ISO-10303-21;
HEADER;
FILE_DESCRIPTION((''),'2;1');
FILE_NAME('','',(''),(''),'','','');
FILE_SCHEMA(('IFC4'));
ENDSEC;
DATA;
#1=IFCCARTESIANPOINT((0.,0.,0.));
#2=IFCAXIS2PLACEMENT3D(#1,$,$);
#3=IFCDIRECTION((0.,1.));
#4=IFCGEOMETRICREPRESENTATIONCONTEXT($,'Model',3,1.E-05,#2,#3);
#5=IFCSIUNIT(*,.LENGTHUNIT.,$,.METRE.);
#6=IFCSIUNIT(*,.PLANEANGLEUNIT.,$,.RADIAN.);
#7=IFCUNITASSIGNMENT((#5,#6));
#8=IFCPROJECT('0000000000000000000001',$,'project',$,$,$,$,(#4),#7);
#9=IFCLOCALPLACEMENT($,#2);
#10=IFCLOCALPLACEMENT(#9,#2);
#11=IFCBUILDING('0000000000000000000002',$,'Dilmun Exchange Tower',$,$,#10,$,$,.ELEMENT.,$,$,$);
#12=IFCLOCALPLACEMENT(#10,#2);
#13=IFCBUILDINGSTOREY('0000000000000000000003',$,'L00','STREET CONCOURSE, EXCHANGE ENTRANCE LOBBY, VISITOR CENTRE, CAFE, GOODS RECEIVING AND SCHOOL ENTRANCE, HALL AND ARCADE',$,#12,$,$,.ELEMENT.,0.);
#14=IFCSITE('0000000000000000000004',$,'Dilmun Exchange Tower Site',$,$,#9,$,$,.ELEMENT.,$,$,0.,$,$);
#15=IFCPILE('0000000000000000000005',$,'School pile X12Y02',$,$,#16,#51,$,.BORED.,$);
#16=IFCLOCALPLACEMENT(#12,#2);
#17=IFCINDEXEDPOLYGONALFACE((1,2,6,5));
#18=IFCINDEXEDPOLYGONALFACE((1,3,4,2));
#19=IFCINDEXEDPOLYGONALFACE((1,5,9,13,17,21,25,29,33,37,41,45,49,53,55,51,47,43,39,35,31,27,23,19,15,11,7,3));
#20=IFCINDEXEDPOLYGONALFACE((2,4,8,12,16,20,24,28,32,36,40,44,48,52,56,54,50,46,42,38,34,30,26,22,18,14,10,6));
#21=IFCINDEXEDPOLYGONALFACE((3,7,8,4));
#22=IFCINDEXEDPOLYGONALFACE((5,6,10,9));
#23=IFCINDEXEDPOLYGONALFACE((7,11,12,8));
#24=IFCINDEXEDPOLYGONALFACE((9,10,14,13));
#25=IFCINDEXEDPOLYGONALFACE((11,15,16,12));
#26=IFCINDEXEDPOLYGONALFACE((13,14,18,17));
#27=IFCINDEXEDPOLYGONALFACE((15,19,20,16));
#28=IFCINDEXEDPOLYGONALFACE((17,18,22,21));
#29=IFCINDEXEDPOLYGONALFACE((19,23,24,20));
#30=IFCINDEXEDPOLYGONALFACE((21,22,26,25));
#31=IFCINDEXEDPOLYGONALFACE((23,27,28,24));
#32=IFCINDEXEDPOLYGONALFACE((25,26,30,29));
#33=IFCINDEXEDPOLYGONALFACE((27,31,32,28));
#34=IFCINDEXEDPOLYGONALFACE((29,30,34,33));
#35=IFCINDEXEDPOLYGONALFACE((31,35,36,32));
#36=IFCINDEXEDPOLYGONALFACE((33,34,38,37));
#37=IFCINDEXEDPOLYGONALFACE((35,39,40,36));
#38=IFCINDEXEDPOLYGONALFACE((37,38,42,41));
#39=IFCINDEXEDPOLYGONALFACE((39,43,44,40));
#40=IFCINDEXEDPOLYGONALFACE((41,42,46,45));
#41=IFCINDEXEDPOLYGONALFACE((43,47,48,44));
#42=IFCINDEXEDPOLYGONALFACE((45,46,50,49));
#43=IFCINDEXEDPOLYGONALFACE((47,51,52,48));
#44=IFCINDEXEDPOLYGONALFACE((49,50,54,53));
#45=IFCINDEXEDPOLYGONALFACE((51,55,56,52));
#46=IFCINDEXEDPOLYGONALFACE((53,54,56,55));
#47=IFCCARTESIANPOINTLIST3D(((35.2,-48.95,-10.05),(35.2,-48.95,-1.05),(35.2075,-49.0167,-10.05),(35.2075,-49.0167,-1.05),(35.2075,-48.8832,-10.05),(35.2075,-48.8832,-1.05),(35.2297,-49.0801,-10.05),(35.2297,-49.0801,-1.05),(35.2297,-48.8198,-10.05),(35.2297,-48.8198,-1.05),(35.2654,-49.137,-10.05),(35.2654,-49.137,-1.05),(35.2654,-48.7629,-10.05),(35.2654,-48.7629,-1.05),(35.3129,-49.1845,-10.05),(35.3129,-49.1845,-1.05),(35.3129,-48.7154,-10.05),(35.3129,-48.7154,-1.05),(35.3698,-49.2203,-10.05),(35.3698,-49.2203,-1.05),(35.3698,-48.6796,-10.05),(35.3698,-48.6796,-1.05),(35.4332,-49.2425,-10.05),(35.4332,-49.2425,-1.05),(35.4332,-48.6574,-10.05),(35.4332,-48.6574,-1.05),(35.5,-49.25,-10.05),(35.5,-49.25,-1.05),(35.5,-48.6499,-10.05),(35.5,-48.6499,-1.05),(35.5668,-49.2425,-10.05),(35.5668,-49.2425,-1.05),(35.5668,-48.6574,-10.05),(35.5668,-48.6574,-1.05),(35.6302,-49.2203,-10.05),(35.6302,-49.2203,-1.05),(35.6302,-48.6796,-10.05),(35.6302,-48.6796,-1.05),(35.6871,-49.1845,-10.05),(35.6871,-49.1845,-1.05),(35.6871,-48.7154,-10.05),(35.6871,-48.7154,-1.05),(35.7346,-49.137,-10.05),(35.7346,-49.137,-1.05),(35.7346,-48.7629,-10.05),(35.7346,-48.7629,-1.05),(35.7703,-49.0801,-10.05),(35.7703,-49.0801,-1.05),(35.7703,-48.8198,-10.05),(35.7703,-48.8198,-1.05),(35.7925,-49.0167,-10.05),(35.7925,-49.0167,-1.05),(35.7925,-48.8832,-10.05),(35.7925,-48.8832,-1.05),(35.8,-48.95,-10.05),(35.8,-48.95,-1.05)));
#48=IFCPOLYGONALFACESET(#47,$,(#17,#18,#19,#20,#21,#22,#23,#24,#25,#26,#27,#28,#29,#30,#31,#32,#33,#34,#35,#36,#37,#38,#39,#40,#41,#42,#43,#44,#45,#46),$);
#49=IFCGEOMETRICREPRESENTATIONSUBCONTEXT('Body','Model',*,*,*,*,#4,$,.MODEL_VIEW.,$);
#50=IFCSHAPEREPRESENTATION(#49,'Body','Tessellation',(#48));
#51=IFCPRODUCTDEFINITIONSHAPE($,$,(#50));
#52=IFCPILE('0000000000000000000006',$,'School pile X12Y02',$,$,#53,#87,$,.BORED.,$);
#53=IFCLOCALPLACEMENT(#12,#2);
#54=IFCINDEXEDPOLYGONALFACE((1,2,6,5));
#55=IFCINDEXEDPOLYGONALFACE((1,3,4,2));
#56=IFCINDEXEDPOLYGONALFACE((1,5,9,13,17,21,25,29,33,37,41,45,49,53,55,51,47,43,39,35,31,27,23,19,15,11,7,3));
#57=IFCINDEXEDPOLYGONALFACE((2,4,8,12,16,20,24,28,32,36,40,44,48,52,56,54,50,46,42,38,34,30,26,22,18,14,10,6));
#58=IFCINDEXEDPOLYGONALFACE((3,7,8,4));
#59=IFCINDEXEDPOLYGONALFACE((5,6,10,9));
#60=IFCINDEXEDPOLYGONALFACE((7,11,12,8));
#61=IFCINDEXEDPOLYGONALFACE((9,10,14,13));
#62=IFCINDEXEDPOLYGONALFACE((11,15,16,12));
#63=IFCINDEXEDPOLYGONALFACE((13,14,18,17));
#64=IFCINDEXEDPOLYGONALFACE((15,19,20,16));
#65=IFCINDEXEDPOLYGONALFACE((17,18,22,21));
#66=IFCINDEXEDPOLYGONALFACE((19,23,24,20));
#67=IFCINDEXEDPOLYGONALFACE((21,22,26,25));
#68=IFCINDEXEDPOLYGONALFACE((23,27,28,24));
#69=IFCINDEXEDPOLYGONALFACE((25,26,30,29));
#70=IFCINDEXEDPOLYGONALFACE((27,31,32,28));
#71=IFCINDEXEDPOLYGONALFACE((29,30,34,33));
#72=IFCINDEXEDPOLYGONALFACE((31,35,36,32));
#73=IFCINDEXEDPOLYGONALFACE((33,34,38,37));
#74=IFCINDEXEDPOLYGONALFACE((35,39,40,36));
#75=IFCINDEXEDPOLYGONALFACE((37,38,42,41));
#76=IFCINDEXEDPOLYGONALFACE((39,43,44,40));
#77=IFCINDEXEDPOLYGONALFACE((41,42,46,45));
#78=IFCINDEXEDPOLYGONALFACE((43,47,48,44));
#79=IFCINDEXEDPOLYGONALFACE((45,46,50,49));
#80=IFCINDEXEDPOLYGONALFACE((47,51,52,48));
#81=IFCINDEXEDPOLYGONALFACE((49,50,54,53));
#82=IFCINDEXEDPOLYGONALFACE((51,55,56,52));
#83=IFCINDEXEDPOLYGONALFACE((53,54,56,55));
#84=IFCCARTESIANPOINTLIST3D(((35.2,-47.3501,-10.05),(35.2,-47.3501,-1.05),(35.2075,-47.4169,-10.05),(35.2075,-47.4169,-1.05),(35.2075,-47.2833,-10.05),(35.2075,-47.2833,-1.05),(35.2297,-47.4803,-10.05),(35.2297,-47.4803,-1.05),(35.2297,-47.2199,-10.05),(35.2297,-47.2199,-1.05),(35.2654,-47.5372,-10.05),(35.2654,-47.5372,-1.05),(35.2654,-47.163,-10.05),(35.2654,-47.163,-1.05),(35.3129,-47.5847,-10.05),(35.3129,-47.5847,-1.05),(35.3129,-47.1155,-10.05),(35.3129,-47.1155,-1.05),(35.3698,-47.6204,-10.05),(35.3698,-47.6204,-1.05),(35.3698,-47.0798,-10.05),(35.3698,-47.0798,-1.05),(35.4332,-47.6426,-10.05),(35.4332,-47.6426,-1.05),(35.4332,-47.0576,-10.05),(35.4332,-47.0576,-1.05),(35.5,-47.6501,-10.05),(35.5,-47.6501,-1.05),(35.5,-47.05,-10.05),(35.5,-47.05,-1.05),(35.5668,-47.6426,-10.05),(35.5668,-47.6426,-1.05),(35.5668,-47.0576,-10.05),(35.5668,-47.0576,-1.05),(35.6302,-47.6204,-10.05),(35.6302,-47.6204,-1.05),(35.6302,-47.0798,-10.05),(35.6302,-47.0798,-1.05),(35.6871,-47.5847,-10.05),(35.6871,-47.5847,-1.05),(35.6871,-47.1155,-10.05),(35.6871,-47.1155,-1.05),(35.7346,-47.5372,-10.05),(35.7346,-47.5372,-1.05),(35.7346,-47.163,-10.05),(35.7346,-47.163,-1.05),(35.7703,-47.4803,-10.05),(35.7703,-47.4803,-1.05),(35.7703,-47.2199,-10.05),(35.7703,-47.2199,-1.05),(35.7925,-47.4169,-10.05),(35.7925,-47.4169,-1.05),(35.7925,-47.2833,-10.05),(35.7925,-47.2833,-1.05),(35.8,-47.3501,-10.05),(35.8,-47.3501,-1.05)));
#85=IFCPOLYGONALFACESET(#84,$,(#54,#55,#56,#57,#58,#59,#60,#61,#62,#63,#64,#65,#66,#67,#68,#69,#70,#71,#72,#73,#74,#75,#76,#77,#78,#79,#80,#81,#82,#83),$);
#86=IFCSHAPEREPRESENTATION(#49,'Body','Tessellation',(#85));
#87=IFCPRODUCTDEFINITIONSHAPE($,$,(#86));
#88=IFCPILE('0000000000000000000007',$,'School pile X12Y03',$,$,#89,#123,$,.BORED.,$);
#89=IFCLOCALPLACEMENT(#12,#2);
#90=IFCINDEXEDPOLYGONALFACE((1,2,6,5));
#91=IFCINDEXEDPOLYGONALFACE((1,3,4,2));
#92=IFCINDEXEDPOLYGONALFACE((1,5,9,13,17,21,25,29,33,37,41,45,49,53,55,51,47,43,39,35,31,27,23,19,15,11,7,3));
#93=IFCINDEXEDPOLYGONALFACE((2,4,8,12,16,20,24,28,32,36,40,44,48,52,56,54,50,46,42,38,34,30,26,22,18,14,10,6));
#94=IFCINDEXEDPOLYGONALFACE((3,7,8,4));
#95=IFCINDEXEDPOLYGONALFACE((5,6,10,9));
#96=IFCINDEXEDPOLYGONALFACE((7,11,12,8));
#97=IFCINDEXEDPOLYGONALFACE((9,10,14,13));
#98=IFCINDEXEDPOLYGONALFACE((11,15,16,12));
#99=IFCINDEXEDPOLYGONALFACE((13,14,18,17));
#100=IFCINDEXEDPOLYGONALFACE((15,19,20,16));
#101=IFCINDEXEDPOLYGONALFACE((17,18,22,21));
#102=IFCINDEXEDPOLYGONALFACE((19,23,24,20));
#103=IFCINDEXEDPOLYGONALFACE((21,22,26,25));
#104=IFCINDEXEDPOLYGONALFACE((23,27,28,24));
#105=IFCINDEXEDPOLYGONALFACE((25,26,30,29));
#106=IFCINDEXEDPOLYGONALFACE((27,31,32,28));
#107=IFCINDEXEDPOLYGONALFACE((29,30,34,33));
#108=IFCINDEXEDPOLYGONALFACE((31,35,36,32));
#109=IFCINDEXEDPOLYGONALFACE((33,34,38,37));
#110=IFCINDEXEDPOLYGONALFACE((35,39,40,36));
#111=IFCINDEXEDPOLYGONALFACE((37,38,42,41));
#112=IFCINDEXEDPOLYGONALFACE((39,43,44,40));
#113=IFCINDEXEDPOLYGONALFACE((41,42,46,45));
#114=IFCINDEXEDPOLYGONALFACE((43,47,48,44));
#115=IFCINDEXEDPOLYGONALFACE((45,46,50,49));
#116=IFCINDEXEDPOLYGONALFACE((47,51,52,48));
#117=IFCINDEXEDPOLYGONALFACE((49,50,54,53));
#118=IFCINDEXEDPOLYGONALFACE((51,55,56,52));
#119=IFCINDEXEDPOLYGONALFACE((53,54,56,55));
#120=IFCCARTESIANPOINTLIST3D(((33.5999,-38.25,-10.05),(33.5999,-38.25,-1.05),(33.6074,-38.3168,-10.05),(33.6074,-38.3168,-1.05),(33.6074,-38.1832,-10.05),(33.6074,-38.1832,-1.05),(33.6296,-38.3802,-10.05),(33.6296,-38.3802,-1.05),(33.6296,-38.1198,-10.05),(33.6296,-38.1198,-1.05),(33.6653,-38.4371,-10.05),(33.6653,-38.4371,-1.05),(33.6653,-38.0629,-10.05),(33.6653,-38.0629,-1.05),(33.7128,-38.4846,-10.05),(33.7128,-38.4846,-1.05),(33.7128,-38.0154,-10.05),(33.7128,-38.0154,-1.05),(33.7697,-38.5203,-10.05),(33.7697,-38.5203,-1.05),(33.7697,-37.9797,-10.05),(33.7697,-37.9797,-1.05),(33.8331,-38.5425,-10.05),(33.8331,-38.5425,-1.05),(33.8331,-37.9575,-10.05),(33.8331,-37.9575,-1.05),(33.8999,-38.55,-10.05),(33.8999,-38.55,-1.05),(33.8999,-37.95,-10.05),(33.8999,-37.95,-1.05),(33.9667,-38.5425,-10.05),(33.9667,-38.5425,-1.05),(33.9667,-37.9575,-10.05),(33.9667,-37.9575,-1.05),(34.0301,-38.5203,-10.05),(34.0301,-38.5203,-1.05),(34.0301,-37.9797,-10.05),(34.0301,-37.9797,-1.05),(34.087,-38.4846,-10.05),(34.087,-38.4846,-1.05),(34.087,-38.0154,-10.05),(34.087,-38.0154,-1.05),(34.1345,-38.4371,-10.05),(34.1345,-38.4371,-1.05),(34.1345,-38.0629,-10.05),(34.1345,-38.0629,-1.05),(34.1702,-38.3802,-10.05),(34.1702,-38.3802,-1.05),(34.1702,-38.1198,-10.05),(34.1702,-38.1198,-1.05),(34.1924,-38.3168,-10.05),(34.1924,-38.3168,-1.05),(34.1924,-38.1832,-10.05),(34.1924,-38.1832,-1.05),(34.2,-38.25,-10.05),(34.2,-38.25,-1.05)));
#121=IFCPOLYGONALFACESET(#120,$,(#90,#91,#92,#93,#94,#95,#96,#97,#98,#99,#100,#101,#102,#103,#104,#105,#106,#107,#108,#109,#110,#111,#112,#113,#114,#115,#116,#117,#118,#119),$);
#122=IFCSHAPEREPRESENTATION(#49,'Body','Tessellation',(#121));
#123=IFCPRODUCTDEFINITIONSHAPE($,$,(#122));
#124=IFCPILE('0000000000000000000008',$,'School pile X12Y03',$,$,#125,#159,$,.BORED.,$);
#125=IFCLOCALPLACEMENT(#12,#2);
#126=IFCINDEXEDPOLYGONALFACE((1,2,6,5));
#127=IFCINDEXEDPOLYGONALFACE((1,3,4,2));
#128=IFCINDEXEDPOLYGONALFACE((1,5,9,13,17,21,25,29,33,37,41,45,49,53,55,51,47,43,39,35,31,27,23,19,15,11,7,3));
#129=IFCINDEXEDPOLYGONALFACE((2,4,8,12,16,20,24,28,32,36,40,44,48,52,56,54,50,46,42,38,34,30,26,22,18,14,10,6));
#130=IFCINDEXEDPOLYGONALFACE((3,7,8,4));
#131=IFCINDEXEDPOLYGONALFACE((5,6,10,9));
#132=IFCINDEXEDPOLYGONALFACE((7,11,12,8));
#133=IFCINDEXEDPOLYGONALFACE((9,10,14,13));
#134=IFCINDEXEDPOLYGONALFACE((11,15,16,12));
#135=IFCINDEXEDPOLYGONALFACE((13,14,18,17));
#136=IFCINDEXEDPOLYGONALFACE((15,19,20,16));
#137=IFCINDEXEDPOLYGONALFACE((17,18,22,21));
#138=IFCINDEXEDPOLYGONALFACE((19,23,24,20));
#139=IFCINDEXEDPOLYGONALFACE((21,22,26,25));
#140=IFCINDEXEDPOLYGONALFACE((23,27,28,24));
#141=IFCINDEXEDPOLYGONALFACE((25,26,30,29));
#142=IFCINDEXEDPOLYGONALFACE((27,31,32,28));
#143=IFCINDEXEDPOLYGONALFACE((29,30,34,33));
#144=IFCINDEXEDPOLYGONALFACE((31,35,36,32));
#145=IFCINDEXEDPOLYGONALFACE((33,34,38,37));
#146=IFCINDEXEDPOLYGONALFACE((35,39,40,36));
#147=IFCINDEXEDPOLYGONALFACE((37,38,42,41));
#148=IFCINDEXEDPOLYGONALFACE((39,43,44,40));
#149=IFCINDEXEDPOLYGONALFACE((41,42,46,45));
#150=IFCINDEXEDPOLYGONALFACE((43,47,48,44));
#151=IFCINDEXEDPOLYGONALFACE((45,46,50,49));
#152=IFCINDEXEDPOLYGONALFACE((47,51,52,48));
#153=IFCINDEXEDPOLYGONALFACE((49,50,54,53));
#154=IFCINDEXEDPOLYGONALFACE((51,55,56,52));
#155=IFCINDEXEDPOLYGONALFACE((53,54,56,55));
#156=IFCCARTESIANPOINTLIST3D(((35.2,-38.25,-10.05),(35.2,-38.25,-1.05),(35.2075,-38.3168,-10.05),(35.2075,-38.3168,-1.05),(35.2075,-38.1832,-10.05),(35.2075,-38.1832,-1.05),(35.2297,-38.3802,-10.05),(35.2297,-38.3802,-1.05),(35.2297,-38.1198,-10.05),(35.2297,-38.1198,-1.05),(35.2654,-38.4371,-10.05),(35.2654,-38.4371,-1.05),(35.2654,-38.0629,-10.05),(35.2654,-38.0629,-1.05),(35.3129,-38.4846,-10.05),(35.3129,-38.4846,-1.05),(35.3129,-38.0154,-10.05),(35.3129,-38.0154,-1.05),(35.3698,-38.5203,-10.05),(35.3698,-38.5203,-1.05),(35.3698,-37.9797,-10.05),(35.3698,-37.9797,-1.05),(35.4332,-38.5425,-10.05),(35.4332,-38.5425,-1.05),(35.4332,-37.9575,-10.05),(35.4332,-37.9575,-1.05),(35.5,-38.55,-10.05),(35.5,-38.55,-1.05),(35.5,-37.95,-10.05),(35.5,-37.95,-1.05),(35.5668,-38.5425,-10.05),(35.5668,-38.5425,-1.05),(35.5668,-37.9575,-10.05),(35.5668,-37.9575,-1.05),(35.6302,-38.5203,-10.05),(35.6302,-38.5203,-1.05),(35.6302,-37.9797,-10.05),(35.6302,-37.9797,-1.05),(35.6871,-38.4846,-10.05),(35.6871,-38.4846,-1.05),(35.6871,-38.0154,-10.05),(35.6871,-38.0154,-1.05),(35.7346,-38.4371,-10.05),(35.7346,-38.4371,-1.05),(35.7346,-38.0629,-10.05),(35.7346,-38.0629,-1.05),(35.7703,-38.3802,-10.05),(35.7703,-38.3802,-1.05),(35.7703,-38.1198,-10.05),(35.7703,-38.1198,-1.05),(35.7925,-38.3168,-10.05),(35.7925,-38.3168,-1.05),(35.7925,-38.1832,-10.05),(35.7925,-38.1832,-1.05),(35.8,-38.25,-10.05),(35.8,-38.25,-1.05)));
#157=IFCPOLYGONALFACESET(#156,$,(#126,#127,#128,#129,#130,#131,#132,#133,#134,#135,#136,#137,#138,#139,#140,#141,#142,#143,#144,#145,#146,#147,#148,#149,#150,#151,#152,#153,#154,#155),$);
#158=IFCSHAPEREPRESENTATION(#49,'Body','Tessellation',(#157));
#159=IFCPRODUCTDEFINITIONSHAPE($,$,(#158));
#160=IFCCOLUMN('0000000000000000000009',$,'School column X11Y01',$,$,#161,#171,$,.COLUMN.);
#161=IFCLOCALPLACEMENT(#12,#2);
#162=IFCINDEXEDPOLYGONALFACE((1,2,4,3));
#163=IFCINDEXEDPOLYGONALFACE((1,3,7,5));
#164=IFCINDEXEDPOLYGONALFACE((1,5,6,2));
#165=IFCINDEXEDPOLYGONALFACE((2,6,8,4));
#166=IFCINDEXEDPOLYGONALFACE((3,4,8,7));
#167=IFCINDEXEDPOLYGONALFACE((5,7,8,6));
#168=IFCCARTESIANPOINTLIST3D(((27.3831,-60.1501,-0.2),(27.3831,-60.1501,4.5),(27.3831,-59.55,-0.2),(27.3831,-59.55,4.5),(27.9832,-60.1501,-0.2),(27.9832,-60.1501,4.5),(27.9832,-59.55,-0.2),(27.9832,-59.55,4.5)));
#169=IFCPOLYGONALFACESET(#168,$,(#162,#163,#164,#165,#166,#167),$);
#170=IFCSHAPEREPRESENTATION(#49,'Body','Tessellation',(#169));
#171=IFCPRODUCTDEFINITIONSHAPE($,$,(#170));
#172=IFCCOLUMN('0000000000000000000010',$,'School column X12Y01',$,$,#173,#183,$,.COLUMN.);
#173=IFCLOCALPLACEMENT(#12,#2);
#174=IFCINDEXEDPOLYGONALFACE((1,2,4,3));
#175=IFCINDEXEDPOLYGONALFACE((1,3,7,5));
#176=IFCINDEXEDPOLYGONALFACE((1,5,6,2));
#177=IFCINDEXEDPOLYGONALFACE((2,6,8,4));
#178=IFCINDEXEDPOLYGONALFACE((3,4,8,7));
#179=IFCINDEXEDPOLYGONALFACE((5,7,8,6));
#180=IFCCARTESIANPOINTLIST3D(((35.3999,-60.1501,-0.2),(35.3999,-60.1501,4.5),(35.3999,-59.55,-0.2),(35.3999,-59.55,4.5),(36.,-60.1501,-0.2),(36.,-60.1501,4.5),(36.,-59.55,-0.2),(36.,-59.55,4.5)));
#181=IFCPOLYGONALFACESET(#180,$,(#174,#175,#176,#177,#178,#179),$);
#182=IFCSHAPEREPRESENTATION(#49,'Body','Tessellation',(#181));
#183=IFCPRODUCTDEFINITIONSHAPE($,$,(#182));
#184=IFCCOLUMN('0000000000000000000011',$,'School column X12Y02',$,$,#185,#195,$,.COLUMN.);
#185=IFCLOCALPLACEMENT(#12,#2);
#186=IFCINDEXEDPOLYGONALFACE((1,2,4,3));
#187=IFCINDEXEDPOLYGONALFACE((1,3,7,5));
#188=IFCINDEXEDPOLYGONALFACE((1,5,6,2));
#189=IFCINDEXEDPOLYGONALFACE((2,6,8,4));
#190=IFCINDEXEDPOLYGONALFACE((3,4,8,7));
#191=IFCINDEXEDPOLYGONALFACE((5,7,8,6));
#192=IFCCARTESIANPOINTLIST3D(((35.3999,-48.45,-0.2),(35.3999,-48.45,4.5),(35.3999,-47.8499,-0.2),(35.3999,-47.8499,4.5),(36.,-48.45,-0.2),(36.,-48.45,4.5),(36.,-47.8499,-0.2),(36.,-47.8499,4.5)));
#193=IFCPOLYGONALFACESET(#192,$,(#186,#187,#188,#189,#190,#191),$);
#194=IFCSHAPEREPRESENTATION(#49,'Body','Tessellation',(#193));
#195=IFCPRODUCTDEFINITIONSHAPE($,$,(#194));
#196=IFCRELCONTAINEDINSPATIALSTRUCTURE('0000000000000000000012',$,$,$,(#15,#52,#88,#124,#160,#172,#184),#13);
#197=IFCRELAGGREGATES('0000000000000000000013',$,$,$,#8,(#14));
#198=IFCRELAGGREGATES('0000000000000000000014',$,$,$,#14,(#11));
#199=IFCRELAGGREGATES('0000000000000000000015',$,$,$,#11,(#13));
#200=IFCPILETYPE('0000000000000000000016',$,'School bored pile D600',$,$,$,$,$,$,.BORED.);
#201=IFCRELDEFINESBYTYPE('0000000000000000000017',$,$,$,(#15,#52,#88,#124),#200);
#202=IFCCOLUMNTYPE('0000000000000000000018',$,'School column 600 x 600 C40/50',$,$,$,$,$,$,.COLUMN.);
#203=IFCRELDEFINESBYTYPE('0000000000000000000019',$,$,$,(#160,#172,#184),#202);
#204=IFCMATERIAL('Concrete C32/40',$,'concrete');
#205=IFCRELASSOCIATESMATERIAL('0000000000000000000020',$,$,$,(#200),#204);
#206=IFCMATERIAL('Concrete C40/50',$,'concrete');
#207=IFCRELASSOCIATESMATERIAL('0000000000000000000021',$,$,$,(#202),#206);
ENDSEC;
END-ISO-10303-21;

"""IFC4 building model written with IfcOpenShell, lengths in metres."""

from ifc_helpers import new_model, si_unit, direction, frame, origin, origin_2d, place, context, subcontext, project, spatial, rectangle, circle, extrude, material, material_profile, profile_set, type_object, element, save


model = new_model("IFC4")

# Units and contexts
model_context = context("Model", 3, precision=1e-05, world=origin(), true_north=direction((0.0, 1.0)))
body_context = subcontext(model_context, "Body", "Model", "MODEL_VIEW")
ifc_project = project(units=[si_unit("LENGTHUNIT", "METRE"), si_unit("PLANEANGLEUNIT", "RADIAN")], contexts=[model_context])

# Site, building, storey
site_placement = place(None, origin())
site = spatial("IfcSite", under=ifc_project, at=site_placement, Name="Dilmun Exchange Tower Site", CompositionType="ELEMENT", RefElevation=0.0)
building_placement = place(site_placement, origin())
building = spatial("IfcBuilding", under=site, at=building_placement, Name="Dilmun Exchange Tower", CompositionType="ELEMENT")
storey_placement = place(building_placement, origin())
storey = spatial("IfcBuildingStorey", under=building, at=storey_placement, Name="L00", Description="STREET CONCOURSE, EXCHANGE ENTRANCE LOBBY, VISITOR CENTRE, CAFE, GOODS RECEIVING AND SCHOOL ENTRANCE, HALL AND ARCADE", CompositionType="ELEMENT", Elevation=0.0)

# Piles
ifc_material_1 = material(Name="Concrete C32/40", Category="concrete")
ifc_material_profile_1 = material_profile(ifc_material_1, circle(Radius=0.3, at=origin_2d()), Name="D600")
ifc_profile_set_1 = profile_set([ifc_material_profile_1], Name="Concrete C32/40")
pile_type = type_object("IfcPileType", Name="School bored pile D600", PredefinedType="BORED", material=ifc_profile_set_1)
for number, where, z_axis, x_axis, name in (
    (1, (35.5, -48.95, -1.05), (0.0, 0.0, -1.0), (1.0, 0.0, 0.0), "School pile X12Y02"),
    (2, (35.5, -47.3501, -1.05), (0.0, 0.0, -1.0), (1.0, 0.0, 0.0), "School pile X12Y02"),
    (3, (33.8999, -38.25, -1.05), (0.0, 0.0, -1.0), (1.0, 0.0, 0.0), "School pile X12Y03"),
    (4, (35.5, -38.25, -1.05), (0.0, 0.0, -1.0), (1.0, 0.0, 0.0), "School pile X12Y03"),
):
    element("IfcPile", number, at=place(storey_placement, frame(where, z_axis=z_axis, x_axis=x_axis)), inside=storey, type_object=pile_type, Name=name, PredefinedType="BORED", context=body_context, shape_type="SweptSolid", body=[
        extrude(circle(Radius=0.3, at=origin_2d()), origin(), (0.0, 0.0, 1.0), 9.0),
    ])

# Columns
ifc_material_2 = material(Name="Concrete C40/50", Category="concrete")
ifc_material_profile_2 = material_profile(ifc_material_2, rectangle(XDim=0.6001, YDim=0.6001, at=origin_2d()), Name="600 x 600")
ifc_profile_set_2 = profile_set([ifc_material_profile_2], Name="Concrete C40/50")
column_type = type_object("IfcColumnType", Name="School column 600 x 600 C40/50", PredefinedType="COLUMN", material=ifc_profile_set_2)
for number, where, z_axis, x_axis, name in (
    (5, (27.6831, -59.8501, -0.2), (0.0, 0.0, 1.0), (1.0, 0.0, 0.0), "School column X11Y01"),
    (6, (35.7, -59.8501, -0.2), (0.0, 0.0, 1.0), (1.0, 0.0, 0.0), "School column X12Y01"),
    (7, (35.7, -48.1499, -0.2), (0.0, 0.0, 1.0), (1.0, 0.0, 0.0), "School column X12Y02"),
):
    element("IfcColumn", number, at=place(storey_placement, frame(where, z_axis=z_axis, x_axis=x_axis)), inside=storey, type_object=column_type, Name=name, PredefinedType="COLUMN", context=body_context, shape_type="SweptSolid", body=[
        extrude(rectangle(XDim=0.6001, YDim=0.6001, at=origin_2d()), origin(), (0.0, 0.0, 1.0), 4.7),
    ])

save(model, "model.ifc")
